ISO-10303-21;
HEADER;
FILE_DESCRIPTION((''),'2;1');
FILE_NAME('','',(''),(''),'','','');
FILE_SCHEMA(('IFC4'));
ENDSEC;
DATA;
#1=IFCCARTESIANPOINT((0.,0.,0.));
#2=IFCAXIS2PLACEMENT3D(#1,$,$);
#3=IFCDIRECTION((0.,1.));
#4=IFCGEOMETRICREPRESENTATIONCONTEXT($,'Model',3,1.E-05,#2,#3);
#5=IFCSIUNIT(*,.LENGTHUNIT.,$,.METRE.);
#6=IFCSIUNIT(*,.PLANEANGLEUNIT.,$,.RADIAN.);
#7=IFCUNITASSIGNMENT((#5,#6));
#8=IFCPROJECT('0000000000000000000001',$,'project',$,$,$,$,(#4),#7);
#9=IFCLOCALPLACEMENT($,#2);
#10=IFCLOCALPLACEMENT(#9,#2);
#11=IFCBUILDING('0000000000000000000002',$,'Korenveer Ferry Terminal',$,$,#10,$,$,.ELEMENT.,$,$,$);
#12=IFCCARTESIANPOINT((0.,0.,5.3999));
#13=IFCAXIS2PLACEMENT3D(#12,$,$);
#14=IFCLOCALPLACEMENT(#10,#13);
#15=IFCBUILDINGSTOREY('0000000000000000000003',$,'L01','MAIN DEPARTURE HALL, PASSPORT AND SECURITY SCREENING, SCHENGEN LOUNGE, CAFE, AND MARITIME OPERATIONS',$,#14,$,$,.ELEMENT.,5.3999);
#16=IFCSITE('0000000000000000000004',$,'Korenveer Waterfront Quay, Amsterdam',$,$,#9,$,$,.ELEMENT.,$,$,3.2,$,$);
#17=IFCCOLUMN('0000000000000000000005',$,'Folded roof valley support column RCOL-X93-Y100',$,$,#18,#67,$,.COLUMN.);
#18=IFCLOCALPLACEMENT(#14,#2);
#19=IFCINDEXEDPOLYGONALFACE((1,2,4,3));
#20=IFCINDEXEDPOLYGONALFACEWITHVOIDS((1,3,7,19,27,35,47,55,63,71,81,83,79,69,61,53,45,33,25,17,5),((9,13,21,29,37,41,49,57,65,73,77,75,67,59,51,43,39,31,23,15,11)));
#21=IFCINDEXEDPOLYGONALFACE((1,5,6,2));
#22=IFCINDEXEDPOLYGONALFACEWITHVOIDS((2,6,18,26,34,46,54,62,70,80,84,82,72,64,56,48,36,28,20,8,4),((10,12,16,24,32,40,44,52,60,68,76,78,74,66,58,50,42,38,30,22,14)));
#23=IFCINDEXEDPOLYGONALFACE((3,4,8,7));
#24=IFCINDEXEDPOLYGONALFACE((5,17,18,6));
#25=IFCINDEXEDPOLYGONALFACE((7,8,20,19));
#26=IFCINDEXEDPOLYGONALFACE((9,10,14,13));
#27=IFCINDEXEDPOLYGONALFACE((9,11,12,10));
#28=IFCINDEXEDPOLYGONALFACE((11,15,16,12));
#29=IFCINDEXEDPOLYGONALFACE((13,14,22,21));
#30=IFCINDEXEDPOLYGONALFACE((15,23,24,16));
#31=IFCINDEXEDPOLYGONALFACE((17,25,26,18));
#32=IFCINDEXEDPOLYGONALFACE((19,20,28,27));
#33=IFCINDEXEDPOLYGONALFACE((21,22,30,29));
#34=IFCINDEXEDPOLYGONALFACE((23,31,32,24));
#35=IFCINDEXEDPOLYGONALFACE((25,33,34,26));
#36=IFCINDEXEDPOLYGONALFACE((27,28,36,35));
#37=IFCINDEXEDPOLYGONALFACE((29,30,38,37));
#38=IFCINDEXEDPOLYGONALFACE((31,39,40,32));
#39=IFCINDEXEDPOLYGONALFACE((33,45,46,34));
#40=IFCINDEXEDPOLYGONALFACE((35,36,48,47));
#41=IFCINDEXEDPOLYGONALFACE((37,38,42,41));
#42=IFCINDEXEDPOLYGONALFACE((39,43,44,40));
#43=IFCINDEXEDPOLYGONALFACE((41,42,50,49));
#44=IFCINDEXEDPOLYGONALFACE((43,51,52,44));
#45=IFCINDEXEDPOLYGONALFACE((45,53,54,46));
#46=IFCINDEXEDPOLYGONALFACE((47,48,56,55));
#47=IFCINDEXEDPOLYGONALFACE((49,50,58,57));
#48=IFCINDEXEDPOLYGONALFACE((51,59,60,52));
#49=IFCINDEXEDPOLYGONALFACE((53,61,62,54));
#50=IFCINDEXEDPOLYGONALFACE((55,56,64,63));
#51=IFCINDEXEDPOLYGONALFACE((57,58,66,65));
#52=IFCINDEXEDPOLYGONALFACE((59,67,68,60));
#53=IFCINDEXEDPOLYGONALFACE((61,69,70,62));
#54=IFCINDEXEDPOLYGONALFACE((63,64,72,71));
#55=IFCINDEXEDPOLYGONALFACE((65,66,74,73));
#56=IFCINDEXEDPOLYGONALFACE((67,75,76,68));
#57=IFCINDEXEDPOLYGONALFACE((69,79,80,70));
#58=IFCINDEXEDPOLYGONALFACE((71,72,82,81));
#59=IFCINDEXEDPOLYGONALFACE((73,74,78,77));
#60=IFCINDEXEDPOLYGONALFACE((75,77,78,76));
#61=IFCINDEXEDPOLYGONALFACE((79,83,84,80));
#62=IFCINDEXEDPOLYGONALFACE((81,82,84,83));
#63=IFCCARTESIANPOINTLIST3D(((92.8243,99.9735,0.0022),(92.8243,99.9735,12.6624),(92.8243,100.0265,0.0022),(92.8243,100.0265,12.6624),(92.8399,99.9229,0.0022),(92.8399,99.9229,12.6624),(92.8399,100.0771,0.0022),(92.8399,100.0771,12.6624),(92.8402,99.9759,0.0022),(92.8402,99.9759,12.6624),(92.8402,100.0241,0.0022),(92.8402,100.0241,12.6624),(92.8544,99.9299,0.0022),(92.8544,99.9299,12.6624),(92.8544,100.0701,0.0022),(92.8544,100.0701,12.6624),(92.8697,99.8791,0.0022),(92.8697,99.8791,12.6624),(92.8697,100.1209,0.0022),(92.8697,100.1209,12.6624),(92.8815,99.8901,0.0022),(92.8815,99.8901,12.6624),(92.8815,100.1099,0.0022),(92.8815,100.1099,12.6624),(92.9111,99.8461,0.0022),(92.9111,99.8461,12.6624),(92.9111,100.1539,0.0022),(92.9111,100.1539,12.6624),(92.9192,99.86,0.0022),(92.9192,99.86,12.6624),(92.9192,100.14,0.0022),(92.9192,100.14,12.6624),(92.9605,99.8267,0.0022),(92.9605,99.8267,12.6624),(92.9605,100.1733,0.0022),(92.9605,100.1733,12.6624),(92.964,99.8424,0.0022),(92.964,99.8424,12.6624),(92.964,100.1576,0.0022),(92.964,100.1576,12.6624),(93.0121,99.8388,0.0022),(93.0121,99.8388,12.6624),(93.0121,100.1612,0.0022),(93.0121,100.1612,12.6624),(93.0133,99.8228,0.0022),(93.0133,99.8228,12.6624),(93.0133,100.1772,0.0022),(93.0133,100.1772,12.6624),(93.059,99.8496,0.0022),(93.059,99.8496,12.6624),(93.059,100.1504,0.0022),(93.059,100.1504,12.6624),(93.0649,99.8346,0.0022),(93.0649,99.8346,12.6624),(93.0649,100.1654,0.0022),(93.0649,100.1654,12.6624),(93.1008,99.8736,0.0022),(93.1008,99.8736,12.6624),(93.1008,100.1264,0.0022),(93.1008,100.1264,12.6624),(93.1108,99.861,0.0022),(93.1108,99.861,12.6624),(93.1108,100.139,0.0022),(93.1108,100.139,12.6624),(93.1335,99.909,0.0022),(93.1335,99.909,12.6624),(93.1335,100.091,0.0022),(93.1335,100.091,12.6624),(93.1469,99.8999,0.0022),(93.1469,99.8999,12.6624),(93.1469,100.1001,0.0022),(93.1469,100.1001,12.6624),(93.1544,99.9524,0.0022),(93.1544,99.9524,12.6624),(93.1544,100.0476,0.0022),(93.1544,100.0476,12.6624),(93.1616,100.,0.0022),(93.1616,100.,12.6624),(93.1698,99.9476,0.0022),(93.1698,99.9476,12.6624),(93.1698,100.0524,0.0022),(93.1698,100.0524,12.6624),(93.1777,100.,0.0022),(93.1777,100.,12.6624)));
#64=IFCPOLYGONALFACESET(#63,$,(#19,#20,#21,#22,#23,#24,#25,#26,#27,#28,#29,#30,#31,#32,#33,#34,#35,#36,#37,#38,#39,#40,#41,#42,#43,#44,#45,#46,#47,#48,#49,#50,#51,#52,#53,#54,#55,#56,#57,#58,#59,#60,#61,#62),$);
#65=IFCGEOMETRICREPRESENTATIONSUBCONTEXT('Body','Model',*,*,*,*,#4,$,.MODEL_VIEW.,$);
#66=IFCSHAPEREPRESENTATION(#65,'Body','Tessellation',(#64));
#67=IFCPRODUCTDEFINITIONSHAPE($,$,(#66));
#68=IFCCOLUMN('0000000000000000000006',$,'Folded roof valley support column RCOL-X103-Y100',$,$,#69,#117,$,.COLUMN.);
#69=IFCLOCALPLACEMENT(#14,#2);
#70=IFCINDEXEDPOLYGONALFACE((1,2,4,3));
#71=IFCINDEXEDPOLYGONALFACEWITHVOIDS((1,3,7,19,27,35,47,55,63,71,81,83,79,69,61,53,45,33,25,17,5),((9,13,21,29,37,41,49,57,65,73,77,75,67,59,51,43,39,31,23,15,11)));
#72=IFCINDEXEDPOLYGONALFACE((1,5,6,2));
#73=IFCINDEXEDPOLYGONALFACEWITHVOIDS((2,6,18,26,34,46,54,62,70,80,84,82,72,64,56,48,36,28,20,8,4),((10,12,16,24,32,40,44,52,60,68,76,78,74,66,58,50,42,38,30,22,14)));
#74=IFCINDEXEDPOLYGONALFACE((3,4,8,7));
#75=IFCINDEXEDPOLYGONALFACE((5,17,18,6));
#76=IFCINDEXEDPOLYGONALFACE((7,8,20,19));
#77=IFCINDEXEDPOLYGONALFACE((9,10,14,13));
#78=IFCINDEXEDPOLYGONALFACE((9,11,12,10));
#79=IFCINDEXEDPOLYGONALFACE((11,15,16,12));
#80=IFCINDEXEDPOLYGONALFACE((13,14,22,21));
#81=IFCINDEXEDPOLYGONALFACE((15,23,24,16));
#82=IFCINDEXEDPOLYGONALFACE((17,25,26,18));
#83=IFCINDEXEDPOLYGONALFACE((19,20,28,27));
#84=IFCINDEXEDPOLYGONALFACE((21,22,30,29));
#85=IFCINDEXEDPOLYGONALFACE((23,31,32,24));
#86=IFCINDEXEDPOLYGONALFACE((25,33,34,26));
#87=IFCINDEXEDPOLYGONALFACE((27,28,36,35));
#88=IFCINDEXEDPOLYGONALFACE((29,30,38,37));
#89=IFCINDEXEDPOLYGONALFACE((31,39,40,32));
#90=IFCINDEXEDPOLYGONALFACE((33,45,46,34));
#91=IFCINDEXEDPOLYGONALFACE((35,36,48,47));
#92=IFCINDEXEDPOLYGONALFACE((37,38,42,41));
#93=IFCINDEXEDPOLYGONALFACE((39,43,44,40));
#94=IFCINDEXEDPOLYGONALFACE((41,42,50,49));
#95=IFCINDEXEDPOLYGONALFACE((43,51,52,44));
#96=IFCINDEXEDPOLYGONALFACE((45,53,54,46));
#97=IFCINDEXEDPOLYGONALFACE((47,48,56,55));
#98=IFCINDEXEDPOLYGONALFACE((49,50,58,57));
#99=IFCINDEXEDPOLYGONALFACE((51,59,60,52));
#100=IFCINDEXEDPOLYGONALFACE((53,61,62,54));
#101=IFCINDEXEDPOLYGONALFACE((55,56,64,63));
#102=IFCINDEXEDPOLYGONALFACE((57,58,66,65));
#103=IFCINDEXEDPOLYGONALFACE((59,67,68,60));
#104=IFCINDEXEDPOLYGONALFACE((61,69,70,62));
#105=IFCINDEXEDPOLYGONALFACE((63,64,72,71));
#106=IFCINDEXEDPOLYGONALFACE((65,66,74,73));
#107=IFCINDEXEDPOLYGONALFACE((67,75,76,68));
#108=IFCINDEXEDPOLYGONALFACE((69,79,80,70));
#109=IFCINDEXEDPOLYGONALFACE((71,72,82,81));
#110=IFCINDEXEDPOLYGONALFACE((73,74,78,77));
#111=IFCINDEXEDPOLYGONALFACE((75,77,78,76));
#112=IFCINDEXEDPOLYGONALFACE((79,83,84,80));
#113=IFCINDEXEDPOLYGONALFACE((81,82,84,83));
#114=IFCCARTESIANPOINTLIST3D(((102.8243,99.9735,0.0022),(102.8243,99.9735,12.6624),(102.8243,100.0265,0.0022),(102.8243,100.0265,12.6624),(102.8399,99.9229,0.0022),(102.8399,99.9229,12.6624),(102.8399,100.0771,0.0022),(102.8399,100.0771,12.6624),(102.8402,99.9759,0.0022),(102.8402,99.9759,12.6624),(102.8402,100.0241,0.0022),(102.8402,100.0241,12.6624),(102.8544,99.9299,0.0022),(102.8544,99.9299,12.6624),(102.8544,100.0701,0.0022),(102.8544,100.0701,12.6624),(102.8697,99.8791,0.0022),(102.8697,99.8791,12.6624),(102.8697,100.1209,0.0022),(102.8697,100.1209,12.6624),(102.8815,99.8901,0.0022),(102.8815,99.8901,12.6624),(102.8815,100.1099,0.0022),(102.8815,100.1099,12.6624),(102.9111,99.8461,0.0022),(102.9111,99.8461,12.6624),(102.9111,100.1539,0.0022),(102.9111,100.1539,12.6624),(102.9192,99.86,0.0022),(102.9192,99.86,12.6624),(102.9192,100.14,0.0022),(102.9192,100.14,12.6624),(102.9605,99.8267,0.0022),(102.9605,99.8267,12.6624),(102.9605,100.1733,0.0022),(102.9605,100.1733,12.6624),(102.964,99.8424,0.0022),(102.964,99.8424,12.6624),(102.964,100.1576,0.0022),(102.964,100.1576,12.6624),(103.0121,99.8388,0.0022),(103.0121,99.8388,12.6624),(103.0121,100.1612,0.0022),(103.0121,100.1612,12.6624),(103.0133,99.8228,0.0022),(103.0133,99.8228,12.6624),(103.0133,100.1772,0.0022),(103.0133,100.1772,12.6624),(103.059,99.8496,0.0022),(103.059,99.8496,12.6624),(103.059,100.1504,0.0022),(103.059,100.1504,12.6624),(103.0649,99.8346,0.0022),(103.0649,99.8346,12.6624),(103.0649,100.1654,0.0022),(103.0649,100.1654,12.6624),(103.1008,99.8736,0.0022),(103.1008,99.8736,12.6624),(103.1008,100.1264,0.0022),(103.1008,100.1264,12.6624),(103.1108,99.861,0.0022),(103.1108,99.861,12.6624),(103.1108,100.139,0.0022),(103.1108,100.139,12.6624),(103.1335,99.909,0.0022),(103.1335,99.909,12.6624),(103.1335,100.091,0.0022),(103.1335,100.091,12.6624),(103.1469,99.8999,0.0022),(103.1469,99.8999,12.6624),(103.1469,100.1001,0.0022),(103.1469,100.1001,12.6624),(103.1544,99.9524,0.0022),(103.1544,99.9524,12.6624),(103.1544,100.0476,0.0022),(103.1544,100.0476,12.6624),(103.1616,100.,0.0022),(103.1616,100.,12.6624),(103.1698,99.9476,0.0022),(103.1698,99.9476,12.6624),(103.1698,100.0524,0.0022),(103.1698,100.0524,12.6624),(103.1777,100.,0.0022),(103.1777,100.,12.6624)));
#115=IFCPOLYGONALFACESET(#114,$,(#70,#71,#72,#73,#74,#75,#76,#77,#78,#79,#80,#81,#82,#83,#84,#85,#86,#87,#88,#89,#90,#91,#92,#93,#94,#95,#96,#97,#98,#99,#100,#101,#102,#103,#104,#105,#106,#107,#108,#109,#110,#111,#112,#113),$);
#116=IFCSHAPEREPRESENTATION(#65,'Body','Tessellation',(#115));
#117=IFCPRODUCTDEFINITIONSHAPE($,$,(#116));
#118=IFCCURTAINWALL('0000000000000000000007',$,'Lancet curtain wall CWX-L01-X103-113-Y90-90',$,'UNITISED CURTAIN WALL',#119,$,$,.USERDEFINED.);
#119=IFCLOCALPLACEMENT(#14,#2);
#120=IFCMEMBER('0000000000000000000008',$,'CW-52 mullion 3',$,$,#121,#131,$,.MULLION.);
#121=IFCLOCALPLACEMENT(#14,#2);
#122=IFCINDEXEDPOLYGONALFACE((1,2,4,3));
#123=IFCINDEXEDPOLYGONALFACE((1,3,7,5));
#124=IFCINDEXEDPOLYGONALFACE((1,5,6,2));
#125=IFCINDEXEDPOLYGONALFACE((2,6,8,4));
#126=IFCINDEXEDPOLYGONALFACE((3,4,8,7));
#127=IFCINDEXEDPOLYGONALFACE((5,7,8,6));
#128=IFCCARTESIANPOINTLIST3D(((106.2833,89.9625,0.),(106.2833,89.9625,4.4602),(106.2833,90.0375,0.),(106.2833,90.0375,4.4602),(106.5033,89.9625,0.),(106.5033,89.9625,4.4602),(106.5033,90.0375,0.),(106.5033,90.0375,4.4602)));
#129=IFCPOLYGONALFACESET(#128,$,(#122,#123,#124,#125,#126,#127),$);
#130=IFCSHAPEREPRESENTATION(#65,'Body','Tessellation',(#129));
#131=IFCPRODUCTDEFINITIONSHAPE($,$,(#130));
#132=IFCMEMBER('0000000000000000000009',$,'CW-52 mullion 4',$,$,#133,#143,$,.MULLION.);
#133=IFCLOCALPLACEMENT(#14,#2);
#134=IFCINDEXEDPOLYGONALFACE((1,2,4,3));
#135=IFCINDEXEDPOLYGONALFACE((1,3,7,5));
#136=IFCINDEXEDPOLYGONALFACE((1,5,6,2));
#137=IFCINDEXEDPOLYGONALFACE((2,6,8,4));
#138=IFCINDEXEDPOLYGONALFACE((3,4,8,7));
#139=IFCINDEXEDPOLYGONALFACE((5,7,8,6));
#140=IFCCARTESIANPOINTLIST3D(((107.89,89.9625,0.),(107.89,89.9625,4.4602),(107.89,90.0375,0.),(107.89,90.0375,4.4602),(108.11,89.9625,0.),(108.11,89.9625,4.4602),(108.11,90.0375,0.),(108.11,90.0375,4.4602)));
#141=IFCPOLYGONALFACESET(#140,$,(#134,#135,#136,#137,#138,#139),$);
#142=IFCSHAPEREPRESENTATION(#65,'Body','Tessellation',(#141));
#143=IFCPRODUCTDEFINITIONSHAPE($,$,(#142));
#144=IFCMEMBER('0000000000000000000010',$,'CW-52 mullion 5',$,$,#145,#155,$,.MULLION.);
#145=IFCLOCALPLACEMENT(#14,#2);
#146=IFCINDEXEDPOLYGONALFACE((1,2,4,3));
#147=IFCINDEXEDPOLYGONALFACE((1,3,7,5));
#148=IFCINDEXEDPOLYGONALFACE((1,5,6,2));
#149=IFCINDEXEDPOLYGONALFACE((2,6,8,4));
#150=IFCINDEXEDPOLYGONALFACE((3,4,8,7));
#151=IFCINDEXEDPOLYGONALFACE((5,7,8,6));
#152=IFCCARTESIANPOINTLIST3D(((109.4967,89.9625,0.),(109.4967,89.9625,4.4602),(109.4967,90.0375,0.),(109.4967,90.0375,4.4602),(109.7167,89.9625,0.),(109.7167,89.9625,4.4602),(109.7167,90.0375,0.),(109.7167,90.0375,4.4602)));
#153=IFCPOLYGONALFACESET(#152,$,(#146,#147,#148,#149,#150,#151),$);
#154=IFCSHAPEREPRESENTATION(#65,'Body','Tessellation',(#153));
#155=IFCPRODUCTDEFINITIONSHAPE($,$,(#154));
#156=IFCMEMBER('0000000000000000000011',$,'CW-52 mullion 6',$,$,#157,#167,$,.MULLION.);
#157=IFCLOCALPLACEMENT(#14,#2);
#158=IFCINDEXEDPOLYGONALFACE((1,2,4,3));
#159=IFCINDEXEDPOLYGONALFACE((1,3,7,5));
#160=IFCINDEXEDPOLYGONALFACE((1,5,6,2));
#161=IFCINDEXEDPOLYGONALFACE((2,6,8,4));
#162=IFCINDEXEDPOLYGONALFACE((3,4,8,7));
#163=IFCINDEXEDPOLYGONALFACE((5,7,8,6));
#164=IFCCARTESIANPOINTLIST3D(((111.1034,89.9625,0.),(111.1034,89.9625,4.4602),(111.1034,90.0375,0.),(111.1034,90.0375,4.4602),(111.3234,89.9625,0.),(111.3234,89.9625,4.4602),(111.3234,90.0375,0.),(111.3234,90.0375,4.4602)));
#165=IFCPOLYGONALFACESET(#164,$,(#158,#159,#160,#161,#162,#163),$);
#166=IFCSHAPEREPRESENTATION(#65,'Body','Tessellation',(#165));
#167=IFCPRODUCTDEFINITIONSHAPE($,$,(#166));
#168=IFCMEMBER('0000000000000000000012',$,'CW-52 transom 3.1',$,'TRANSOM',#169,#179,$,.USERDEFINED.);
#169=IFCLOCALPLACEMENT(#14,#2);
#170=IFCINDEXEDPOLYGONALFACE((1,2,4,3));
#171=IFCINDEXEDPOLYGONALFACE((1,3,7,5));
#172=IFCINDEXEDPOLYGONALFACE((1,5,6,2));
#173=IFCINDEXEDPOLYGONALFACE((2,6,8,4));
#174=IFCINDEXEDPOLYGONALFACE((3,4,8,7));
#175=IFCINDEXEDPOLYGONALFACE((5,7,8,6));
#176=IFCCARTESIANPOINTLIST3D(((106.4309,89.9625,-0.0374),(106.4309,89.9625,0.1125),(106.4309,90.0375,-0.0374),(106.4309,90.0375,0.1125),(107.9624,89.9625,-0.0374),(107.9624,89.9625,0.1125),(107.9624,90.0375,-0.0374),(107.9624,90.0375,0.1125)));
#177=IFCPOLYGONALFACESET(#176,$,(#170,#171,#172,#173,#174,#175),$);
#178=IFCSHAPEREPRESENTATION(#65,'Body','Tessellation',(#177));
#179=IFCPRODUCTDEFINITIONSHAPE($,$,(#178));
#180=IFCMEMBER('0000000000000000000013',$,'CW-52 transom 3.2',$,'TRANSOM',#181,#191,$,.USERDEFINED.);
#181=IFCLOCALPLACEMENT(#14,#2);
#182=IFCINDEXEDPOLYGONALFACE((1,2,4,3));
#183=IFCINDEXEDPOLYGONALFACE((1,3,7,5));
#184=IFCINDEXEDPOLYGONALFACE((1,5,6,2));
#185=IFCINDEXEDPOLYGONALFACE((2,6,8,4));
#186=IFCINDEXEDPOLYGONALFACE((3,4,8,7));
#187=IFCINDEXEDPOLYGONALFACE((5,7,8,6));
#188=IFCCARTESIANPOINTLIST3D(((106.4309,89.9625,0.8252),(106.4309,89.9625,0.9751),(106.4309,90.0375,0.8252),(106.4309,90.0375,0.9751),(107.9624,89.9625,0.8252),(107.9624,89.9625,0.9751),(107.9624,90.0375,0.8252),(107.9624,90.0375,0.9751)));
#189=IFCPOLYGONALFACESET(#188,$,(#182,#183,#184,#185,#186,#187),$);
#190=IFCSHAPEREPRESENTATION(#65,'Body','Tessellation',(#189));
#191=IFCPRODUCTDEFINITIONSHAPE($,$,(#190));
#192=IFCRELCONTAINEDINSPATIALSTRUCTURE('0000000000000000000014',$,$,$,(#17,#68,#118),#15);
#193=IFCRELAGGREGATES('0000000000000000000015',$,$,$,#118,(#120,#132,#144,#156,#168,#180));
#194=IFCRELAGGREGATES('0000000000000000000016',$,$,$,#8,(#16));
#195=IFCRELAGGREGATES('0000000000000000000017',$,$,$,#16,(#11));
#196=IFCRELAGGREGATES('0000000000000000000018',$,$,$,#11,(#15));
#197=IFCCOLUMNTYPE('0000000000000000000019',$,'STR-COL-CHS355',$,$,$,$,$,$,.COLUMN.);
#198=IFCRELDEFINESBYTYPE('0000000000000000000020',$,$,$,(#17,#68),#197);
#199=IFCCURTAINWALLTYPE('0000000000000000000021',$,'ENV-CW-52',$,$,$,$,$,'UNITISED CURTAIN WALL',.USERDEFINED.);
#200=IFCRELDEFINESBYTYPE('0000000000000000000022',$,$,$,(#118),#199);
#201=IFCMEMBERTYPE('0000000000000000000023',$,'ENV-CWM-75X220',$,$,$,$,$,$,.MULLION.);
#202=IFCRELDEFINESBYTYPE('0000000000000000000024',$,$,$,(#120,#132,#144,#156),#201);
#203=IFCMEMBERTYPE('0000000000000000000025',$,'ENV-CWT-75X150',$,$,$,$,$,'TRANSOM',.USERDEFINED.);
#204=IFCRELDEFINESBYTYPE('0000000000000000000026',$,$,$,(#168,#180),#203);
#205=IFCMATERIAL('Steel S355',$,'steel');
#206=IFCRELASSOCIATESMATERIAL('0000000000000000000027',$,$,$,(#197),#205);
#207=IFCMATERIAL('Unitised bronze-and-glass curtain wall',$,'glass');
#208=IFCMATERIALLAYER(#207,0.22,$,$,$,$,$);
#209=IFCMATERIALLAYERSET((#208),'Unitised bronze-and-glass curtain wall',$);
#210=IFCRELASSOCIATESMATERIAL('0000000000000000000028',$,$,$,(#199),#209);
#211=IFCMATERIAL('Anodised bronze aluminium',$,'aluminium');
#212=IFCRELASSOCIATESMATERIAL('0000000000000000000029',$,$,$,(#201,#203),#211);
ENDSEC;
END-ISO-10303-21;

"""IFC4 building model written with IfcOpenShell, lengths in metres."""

from ifc_helpers import new_model, si_unit, direction, frame, origin, origin_2d, place, context, subcontext, project, spatial, rectangle, hollow_circle, extrude, material, layer, layer_set, material_profile, profile_set, type_object, element, aggregate, save


model = new_model("IFC4")

# Units and contexts
model_context = context("Model", 3, precision=1e-05, world=origin(), true_north=direction((0.0, 1.0)))
body_context = subcontext(model_context, "Body", "Model", "MODEL_VIEW")
ifc_project = project(units=[si_unit("LENGTHUNIT", "METRE"), si_unit("PLANEANGLEUNIT", "RADIAN")], contexts=[model_context])

# Site, building, storey
site_placement = place(None, origin())
site = spatial("IfcSite", under=ifc_project, at=site_placement, Name="Korenveer Waterfront Quay, Amsterdam", CompositionType="ELEMENT", RefElevation=3.2)
building_placement = place(site_placement, origin())
building = spatial("IfcBuilding", under=site, at=building_placement, Name="Korenveer Ferry Terminal", CompositionType="ELEMENT")
storey_placement = place(building_placement, frame((0.0, 0.0, 5.3999)))
storey = spatial("IfcBuildingStorey", under=building, at=storey_placement, Name="L01", Description="MAIN DEPARTURE HALL, PASSPORT AND SECURITY SCREENING, SCHENGEN LOUNGE, CAFE, AND MARITIME OPERATIONS", CompositionType="ELEMENT", Elevation=5.3999)

# Columns
ifc_material_1 = material(Name="Steel S355", Category="steel")
ifc_material_profile_1 = material_profile(ifc_material_1, hollow_circle(Radius=0.1777, WallThickness=0.0161, at=origin_2d()), Name="CHS 355.6x16")
ifc_profile_set_1 = profile_set([ifc_material_profile_1], Name="Steel S355")
column_type = type_object("IfcColumnType", Name="STR-COL-CHS355", PredefinedType="COLUMN", material=ifc_profile_set_1)
for number, where, z_axis, x_axis, name in (
    (1, (93.0, 100.0, 0.0022), (0.0, 0.0, 1.0), (1.0, 0.0, 0.0), "Folded roof valley support column RCOL-X93-Y100"),
    (2, (103.0, 100.0, 0.0022), (0.0, 0.0, 1.0), (1.0, 0.0, 0.0), "Folded roof valley support column RCOL-X103-Y100"),
):
    element("IfcColumn", number, at=place(storey_placement, frame(where, z_axis=z_axis, x_axis=x_axis)), inside=storey, type_object=column_type, Name=name, PredefinedType="COLUMN", context=body_context, shape_type="SweptSolid", body=[
        extrude(hollow_circle(Radius=0.1777, WallThickness=0.0161, at=origin_2d()), origin(), (0.0, 0.0, 1.0), 12.6602),
    ])

# Curtain wall, members
ifc_material_2 = material(Name="Unitised bronze-and-glass curtain wall", Category="glass")
ifc_layer_1 = layer(ifc_material_2, 0.22)
ifc_layer_set_1 = layer_set([ifc_layer_1], Name="Unitised bronze-and-glass curtain wall")
curtain_wall_type = type_object("IfcCurtainWallType", Name="ENV-CW-52", ElementType="UNITISED CURTAIN WALL", PredefinedType="USERDEFINED", material=ifc_layer_set_1)
curtain_wall_placement = place(storey_placement, frame((103.1799, 90.0, 0.0)))
curtain_wall = element("IfcCurtainWall", 3, at=curtain_wall_placement, inside=storey, type_object=curtain_wall_type, Name="Lancet curtain wall CWX-L01-X103-113-Y90-90", ObjectType="UNITISED CURTAIN WALL", PredefinedType="USERDEFINED")
ifc_material_3 = material(Name="Anodised bronze aluminium", Category="aluminium")
ifc_material_profile_2 = material_profile(ifc_material_3, rectangle(XDim=0.075, YDim=0.22, at=origin_2d()), Name="ALU 75x220")
ifc_profile_set_2 = profile_set([ifc_material_profile_2], Name="Anodised bronze aluminium")
member_type_1 = type_object("IfcMemberType", Name="ENV-CWM-75X220", PredefinedType="MULLION", material=ifc_profile_set_2)
member_1_placement = place(storey_placement, frame((106.3933, 90.0, 0.0), z_axis=(0.0, 0.0, 1.0), x_axis=(0.0, 1.0, 0.0)))
member_1 = element("IfcMember", 4, at=member_1_placement, type_object=member_type_1, Name="CW-52 mullion 3", PredefinedType="MULLION", context=body_context, shape_type="SweptSolid", body=[
    extrude(rectangle(XDim=0.075, YDim=0.22, at=origin_2d()), origin(), (0.0, 0.0, 1.0), 4.4602),
])
member_2_placement = place(storey_placement, frame((108.0, 90.0, 0.0), z_axis=(0.0, 0.0, 1.0), x_axis=(0.0, 1.0, 0.0)))
member_2 = element("IfcMember", 5, at=member_2_placement, type_object=member_type_1, Name="CW-52 mullion 4", PredefinedType="MULLION", context=body_context, shape_type="SweptSolid", body=[
    extrude(rectangle(XDim=0.075, YDim=0.22, at=origin_2d()), origin(), (0.0, 0.0, 1.0), 4.4602),
])
member_3_placement = place(storey_placement, frame((109.6067, 90.0, 0.0), z_axis=(0.0, 0.0, 1.0), x_axis=(0.0, 1.0, 0.0)))
member_3 = element("IfcMember", 6, at=member_3_placement, type_object=member_type_1, Name="CW-52 mullion 5", PredefinedType="MULLION", context=body_context, shape_type="SweptSolid", body=[
    extrude(rectangle(XDim=0.075, YDim=0.22, at=origin_2d()), origin(), (0.0, 0.0, 1.0), 4.4602),
])
member_4_placement = place(storey_placement, frame((111.2134, 90.0, 0.0), z_axis=(0.0, 0.0, 1.0), x_axis=(0.0, 1.0, 0.0)))
member_4 = element("IfcMember", 7, at=member_4_placement, type_object=member_type_1, Name="CW-52 mullion 6", PredefinedType="MULLION", context=body_context, shape_type="SweptSolid", body=[
    extrude(rectangle(XDim=0.075, YDim=0.22, at=origin_2d()), origin(), (0.0, 0.0, 1.0), 4.4602),
])
ifc_material_profile_3 = material_profile(ifc_material_3, rectangle(XDim=0.075, YDim=0.1499, at=origin_2d()), Name="ALU 75x150")
ifc_profile_set_3 = profile_set([ifc_material_profile_3], Name="Anodised bronze aluminium")
member_type_2 = type_object("IfcMemberType", Name="ENV-CWT-75X150", ElementType="TRANSOM", PredefinedType="USERDEFINED", material=ifc_profile_set_3)
member_5_placement = place(storey_placement, frame((106.4309, 90.0, 0.0376), z_axis=(1.0, 0.0, 0.0), x_axis=(0.0, 1.0, 0.0)))
member_5 = element("IfcMember", 8, at=member_5_placement, type_object=member_type_2, Name="CW-52 transom 3.1", ObjectType="TRANSOM", PredefinedType="USERDEFINED", context=body_context, shape_type="SweptSolid", body=[
    extrude(rectangle(XDim=0.075, YDim=0.1499, at=origin_2d()), origin(), (0.0, 0.0, 1.0), 1.5315),
])
member_6_placement = place(storey_placement, frame((106.4309, 90.0, 0.9001), z_axis=(1.0, 0.0, 0.0), x_axis=(0.0, 1.0, 0.0)))
member_6 = element("IfcMember", 9, at=member_6_placement, type_object=member_type_2, Name="CW-52 transom 3.2", ObjectType="TRANSOM", PredefinedType="USERDEFINED", context=body_context, shape_type="SweptSolid", body=[
    extrude(rectangle(XDim=0.075, YDim=0.1499, at=origin_2d()), origin(), (0.0, 0.0, 1.0), 1.5315),
])
aggregate(curtain_wall, [member_1, member_2, member_3, member_4, member_5, member_6])

save(model, "model.ifc")
